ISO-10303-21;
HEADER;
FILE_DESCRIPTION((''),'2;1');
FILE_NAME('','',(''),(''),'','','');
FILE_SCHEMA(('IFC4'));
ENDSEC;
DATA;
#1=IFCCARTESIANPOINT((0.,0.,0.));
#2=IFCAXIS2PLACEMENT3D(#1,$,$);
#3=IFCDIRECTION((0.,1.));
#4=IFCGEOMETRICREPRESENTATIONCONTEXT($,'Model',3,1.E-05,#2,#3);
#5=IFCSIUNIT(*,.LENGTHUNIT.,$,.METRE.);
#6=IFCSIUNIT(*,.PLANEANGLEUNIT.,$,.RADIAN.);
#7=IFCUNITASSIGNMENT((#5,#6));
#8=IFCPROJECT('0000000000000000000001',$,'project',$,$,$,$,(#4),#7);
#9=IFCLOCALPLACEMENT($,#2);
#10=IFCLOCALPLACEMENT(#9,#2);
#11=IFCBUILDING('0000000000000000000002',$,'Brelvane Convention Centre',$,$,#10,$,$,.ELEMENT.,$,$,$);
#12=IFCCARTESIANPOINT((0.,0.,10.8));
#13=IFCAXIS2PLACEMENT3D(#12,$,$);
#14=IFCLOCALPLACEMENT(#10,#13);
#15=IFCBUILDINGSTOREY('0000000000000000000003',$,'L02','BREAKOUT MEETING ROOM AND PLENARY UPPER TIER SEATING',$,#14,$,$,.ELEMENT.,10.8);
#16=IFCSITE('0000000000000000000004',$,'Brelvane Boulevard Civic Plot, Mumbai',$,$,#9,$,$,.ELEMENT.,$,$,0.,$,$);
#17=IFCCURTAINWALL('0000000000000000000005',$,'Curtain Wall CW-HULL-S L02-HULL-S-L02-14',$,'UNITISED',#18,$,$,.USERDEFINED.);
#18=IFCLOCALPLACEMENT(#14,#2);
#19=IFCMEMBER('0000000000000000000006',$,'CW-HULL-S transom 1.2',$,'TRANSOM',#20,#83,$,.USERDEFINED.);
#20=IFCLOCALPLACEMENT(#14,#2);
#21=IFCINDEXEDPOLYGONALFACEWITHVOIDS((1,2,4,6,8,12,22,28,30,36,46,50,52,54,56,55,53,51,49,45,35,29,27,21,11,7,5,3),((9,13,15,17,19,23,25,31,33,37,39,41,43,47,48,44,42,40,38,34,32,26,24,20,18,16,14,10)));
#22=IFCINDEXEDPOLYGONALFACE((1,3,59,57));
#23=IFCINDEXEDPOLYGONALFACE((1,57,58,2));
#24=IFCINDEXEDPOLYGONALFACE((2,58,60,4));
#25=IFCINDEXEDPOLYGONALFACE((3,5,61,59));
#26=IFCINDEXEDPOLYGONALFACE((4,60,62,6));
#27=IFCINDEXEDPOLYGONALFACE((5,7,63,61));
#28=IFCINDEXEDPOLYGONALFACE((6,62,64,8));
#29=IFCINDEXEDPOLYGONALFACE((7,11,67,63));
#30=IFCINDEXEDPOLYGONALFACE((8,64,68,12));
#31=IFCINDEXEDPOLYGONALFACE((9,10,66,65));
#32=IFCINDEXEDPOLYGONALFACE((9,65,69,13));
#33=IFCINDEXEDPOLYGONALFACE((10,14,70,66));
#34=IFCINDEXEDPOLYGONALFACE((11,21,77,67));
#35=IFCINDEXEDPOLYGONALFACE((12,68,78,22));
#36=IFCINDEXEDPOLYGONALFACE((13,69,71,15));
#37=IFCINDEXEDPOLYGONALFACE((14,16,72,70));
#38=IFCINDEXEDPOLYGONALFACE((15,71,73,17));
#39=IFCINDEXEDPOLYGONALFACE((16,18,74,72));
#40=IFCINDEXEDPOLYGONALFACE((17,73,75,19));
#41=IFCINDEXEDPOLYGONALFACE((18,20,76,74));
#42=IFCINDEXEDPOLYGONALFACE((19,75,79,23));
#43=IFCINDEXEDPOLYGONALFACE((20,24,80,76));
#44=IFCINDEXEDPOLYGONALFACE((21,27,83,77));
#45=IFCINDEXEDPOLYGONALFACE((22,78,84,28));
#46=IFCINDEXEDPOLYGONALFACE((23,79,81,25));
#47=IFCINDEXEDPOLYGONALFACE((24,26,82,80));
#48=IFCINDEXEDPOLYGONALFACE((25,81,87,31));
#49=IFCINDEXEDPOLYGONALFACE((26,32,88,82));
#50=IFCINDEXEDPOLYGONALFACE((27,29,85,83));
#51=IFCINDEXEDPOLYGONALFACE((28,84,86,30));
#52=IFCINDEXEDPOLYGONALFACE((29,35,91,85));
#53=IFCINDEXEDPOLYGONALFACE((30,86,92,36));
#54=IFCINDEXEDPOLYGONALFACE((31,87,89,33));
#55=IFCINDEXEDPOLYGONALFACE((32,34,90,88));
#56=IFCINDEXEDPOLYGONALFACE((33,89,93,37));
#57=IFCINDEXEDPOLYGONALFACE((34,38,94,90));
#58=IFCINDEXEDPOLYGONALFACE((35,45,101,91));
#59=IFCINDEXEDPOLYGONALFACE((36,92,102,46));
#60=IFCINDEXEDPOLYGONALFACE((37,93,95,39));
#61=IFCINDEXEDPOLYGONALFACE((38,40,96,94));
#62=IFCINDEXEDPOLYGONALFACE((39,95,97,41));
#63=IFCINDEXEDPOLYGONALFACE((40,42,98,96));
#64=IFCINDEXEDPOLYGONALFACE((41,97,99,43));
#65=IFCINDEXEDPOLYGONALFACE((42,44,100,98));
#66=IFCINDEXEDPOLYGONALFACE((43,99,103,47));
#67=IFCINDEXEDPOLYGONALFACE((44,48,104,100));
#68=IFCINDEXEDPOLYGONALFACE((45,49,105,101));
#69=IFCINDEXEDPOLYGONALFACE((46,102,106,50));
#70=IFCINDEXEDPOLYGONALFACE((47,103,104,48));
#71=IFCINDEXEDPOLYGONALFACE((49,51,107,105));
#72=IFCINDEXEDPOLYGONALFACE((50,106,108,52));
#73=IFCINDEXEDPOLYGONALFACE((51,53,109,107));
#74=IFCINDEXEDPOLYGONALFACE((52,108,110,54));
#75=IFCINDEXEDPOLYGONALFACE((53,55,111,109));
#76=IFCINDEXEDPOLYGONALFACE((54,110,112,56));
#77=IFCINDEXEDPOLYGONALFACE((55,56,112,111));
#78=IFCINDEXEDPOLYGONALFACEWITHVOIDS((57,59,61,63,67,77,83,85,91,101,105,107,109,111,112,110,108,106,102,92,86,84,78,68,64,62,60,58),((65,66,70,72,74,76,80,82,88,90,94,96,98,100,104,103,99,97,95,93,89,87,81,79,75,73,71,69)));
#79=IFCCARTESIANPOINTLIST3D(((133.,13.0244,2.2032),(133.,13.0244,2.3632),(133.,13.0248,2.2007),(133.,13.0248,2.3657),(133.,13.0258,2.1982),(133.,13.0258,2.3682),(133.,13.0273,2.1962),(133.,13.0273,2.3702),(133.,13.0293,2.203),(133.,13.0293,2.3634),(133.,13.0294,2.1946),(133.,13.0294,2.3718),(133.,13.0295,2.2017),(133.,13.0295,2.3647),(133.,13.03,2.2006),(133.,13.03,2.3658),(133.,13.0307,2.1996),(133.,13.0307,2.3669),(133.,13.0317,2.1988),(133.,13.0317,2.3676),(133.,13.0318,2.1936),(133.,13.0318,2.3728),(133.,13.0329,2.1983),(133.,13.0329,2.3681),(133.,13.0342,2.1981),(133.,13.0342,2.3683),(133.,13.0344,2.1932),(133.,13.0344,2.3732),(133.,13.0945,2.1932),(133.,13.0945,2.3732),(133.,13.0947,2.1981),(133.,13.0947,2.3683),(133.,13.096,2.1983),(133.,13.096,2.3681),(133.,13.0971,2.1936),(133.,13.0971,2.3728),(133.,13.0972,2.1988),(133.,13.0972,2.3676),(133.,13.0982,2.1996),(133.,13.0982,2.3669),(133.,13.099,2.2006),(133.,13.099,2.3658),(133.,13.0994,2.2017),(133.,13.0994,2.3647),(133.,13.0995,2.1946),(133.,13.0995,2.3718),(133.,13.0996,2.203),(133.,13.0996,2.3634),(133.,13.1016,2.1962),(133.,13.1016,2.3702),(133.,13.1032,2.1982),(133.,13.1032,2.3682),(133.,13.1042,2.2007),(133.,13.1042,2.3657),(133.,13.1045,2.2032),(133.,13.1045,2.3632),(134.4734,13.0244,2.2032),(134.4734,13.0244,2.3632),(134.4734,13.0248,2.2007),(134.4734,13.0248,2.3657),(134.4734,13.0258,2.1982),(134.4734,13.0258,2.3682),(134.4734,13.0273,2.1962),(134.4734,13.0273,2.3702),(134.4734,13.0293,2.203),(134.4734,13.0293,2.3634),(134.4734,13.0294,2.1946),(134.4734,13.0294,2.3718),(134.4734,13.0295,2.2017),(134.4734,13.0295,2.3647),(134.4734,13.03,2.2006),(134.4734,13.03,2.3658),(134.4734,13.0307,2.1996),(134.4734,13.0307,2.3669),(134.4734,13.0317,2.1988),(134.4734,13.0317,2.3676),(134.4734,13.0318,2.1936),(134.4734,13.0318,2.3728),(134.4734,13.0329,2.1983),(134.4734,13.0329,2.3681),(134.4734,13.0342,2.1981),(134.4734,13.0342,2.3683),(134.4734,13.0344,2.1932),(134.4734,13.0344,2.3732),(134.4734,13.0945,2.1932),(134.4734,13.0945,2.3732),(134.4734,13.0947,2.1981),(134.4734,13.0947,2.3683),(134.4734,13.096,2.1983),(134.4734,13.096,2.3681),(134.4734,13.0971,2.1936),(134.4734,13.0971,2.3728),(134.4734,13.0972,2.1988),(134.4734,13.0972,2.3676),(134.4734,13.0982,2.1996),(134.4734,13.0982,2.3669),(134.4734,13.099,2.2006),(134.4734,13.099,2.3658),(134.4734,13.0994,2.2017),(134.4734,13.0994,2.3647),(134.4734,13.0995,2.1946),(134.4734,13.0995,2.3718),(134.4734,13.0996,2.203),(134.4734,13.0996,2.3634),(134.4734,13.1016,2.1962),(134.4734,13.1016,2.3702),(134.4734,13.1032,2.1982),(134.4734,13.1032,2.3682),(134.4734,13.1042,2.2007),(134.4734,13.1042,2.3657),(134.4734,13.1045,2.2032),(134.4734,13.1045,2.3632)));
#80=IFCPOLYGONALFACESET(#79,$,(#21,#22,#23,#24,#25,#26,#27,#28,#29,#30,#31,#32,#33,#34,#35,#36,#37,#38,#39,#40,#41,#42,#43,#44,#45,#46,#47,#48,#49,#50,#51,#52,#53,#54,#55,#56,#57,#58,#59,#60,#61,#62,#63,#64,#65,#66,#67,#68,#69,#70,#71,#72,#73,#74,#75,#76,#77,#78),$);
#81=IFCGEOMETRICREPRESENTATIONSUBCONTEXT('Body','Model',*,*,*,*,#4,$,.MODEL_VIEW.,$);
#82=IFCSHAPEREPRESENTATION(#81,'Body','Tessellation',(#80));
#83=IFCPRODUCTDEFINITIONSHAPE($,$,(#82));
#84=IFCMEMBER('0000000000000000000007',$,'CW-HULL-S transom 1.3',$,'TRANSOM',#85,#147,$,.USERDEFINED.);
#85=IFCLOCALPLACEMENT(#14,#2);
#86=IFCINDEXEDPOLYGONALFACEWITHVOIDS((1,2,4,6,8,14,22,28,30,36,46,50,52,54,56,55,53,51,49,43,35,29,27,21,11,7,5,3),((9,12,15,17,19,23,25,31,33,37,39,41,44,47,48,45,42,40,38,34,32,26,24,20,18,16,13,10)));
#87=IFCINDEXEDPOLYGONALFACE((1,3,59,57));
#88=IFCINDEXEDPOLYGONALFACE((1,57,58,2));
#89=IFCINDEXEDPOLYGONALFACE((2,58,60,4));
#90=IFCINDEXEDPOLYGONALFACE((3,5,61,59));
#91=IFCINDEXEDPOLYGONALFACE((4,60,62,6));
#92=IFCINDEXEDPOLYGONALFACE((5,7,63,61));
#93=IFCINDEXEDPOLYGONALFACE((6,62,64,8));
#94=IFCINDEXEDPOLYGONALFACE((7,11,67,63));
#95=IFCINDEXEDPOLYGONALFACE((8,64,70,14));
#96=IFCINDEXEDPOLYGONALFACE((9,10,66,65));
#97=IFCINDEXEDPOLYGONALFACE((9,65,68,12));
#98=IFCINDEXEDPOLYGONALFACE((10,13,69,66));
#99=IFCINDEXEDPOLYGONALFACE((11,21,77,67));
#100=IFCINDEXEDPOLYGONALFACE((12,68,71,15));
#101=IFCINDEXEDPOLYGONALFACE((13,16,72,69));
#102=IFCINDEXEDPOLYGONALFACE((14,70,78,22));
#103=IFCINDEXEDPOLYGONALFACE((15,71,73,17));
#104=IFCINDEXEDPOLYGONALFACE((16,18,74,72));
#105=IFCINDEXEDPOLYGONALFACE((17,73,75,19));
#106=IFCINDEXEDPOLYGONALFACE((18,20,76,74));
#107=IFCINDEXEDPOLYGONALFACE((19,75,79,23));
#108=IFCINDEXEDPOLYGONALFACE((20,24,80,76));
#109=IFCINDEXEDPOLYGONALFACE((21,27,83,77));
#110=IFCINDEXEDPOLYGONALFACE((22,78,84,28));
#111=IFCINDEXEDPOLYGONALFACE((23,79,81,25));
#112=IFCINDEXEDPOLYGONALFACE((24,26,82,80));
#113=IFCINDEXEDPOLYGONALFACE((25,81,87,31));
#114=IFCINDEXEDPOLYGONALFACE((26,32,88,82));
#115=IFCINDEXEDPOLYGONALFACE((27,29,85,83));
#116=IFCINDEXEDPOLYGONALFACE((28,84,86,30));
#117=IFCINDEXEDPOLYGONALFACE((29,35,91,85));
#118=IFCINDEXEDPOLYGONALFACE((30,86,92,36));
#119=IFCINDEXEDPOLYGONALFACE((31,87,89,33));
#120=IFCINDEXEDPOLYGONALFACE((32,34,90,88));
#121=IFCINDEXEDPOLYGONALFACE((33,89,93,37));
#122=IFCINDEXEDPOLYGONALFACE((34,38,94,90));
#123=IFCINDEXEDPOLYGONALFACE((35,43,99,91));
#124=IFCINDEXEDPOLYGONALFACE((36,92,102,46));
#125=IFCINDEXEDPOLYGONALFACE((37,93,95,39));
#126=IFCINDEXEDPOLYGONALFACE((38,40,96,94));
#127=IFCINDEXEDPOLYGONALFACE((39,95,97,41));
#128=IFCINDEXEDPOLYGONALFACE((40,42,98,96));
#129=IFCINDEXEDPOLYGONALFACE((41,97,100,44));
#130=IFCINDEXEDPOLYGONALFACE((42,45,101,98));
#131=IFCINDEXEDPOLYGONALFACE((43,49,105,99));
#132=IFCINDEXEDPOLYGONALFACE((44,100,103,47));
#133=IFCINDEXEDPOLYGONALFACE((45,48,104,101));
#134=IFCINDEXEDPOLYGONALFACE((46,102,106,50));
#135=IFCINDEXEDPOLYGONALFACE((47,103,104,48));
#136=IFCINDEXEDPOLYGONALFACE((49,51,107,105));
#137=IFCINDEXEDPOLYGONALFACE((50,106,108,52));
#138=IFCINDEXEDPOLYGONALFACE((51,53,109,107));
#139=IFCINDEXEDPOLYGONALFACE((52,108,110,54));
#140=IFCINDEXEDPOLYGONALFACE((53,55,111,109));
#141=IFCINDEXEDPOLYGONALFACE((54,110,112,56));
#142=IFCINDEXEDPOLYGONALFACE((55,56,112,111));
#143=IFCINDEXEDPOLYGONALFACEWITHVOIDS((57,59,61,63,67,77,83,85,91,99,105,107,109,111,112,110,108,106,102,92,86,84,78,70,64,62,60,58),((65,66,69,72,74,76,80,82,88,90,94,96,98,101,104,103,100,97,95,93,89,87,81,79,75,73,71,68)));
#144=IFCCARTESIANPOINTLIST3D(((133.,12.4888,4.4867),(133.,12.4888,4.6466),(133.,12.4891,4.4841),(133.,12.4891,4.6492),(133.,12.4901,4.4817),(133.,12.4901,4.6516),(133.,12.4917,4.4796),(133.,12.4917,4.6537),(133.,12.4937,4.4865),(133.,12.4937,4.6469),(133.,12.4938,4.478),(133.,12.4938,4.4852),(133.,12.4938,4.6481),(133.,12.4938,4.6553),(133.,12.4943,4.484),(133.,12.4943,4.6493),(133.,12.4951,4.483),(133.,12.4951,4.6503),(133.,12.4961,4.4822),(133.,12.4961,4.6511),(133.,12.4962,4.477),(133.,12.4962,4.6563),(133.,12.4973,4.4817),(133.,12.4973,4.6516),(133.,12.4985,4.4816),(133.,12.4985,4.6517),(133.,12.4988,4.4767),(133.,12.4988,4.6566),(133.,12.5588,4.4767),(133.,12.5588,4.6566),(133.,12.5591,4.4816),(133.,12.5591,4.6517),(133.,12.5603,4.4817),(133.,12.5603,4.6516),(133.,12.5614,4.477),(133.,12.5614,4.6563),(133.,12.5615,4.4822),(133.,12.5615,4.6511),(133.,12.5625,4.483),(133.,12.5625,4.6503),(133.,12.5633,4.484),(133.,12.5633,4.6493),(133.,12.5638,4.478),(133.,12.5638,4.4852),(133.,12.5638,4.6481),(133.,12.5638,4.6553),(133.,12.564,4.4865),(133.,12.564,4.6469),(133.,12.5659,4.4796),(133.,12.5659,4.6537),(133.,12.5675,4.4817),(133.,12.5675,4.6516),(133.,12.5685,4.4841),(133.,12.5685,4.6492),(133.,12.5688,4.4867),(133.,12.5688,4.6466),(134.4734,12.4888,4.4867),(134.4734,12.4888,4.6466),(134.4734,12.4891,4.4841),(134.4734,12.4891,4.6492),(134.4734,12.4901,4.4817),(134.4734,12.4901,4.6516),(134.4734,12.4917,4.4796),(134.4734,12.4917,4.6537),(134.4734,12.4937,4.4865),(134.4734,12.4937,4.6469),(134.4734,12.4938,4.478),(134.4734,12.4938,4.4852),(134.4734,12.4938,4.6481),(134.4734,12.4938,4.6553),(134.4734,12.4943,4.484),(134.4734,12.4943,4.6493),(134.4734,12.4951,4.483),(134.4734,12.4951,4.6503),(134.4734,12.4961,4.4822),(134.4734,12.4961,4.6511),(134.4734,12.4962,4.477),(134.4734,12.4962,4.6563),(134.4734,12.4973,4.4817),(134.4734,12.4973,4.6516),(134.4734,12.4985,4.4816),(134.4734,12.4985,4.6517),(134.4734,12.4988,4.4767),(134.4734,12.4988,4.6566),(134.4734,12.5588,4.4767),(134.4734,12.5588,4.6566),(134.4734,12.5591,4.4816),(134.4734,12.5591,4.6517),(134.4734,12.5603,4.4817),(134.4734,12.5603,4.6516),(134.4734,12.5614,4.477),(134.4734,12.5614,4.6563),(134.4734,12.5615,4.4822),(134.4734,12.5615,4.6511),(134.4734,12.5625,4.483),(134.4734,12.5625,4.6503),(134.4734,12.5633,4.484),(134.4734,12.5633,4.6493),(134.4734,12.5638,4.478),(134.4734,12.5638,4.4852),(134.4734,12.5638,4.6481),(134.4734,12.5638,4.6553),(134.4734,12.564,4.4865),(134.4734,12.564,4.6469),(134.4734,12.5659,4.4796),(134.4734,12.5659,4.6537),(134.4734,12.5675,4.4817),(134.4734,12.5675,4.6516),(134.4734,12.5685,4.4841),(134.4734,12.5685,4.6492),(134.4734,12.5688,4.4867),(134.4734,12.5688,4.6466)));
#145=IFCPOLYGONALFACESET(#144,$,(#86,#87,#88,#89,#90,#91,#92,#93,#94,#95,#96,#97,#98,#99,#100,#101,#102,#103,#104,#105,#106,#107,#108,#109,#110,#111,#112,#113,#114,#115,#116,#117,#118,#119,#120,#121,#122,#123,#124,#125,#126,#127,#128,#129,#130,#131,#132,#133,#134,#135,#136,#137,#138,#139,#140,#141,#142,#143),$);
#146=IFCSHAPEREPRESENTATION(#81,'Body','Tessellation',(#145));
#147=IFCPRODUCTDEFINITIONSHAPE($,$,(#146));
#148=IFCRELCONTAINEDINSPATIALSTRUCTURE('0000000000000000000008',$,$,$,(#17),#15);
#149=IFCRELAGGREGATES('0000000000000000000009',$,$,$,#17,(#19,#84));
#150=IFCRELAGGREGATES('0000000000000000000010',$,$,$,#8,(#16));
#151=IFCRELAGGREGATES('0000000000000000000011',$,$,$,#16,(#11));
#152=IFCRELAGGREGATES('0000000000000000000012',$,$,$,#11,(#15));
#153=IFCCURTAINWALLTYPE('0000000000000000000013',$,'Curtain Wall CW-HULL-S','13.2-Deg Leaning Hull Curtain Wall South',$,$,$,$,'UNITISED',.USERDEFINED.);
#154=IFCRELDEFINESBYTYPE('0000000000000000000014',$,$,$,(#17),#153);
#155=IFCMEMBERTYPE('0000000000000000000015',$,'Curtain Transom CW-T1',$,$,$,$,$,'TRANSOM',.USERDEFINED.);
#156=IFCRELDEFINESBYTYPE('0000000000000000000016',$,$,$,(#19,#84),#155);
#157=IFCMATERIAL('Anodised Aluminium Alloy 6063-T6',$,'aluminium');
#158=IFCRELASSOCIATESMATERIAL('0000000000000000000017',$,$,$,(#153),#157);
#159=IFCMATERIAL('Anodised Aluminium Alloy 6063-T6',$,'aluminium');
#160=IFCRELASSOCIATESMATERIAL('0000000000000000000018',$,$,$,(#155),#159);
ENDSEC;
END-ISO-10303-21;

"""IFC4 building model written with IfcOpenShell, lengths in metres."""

from ifc_helpers import new_model, si_unit, direction, frame, origin, origin_2d, place, context, subcontext, project, spatial, hollow_rectangle, extrude, material, material_profile, profile_set, type_object, element, aggregate, save


model = new_model("IFC4")

# Units and contexts
model_context = context("Model", 3, precision=1e-05, world=origin(), true_north=direction((0.0, 1.0)))
body_context = subcontext(model_context, "Body", "Model", "MODEL_VIEW")
ifc_project = project(units=[si_unit("LENGTHUNIT", "METRE"), si_unit("PLANEANGLEUNIT", "RADIAN")], contexts=[model_context])

# Site, building, storey
site_placement = place(None, origin())
site = spatial("IfcSite", under=ifc_project, at=site_placement, Name="Brelvane Boulevard Civic Plot, Mumbai", CompositionType="ELEMENT", RefElevation=0.0)
building_placement = place(site_placement, origin())
building = spatial("IfcBuilding", under=site, at=building_placement, Name="Brelvane Convention Centre", CompositionType="ELEMENT")
storey_placement = place(building_placement, frame((0.0, 0.0, 10.8)))
storey = spatial("IfcBuildingStorey", under=building, at=storey_placement, Name="L02", Description="BREAKOUT MEETING ROOM AND PLENARY UPPER TIER SEATING", CompositionType="ELEMENT", Elevation=10.8)

# Curtain wall, members
ifc_material_1 = material(Name="Anodised Aluminium Alloy 6063-T6", Category="aluminium")
curtain_wall_type = type_object("IfcCurtainWallType", Name="Curtain Wall CW-HULL-S", Description="13.2-Deg Leaning Hull Curtain Wall South", ElementType="UNITISED", PredefinedType="USERDEFINED", material=ifc_material_1)
ifc_material_2 = material(Name="Anodised Aluminium Alloy 6063-T6", Category="aluminium")
ifc_material_profile = material_profile(ifc_material_2, hollow_rectangle(XDim=0.0801, YDim=0.1799, WallThickness=0.0049, InnerFilletRadius=0.0049, OuterFilletRadius=0.01, at=origin_2d()), Name="ALU-T 180x80x5.0")
ifc_profile_set = profile_set([ifc_material_profile], Name="Anodised Aluminium Alloy 6063-T6")
member_type = type_object("IfcMemberType", Name="Curtain Transom CW-T1", ElementType="TRANSOM", PredefinedType="USERDEFINED", material=ifc_profile_set)
curtain_wall_1_placement = place(storey_placement, origin())
curtain_wall_1 = element("IfcCurtainWall", 1, at=curtain_wall_1_placement, inside=storey, type_object=curtain_wall_type, Name="Curtain Wall CW-HULL-S L02-HULL-S-L02-14", ObjectType="UNITISED", PredefinedType="USERDEFINED")
member_1_placement = place(storey_placement, frame((133.0, 13.0645, 2.2832), z_axis=(1.0, 0.0, 0.0), x_axis=(0.0, 1.0, 0.0)))
member_1 = element("IfcMember", 2, at=member_1_placement, type_object=member_type, Name="CW-HULL-S transom 1.2", ObjectType="TRANSOM", PredefinedType="USERDEFINED", context=body_context, shape_type="SweptSolid", body=[
    extrude(hollow_rectangle(XDim=0.0801, YDim=0.1799, WallThickness=0.0049, InnerFilletRadius=0.0049, OuterFilletRadius=0.01, at=origin_2d()), origin(), (0.0, 0.0, 1.0), 1.4734),
])
member_2_placement = place(storey_placement, frame((133.0, 12.5288, 4.5667), z_axis=(1.0, 0.0, 0.0), x_axis=(0.0, 1.0, 0.0)))
member_2 = element("IfcMember", 3, at=member_2_placement, type_object=member_type, Name="CW-HULL-S transom 1.3", ObjectType="TRANSOM", PredefinedType="USERDEFINED", context=body_context, shape_type="SweptSolid", body=[
    extrude(hollow_rectangle(XDim=0.0801, YDim=0.1799, WallThickness=0.0049, InnerFilletRadius=0.0049, OuterFilletRadius=0.01, at=origin_2d()), origin(), (0.0, 0.0, 1.0), 1.4734),
])

aggregate(curtain_wall_1, [member_1, member_2])

save(model, "model.ifc")
